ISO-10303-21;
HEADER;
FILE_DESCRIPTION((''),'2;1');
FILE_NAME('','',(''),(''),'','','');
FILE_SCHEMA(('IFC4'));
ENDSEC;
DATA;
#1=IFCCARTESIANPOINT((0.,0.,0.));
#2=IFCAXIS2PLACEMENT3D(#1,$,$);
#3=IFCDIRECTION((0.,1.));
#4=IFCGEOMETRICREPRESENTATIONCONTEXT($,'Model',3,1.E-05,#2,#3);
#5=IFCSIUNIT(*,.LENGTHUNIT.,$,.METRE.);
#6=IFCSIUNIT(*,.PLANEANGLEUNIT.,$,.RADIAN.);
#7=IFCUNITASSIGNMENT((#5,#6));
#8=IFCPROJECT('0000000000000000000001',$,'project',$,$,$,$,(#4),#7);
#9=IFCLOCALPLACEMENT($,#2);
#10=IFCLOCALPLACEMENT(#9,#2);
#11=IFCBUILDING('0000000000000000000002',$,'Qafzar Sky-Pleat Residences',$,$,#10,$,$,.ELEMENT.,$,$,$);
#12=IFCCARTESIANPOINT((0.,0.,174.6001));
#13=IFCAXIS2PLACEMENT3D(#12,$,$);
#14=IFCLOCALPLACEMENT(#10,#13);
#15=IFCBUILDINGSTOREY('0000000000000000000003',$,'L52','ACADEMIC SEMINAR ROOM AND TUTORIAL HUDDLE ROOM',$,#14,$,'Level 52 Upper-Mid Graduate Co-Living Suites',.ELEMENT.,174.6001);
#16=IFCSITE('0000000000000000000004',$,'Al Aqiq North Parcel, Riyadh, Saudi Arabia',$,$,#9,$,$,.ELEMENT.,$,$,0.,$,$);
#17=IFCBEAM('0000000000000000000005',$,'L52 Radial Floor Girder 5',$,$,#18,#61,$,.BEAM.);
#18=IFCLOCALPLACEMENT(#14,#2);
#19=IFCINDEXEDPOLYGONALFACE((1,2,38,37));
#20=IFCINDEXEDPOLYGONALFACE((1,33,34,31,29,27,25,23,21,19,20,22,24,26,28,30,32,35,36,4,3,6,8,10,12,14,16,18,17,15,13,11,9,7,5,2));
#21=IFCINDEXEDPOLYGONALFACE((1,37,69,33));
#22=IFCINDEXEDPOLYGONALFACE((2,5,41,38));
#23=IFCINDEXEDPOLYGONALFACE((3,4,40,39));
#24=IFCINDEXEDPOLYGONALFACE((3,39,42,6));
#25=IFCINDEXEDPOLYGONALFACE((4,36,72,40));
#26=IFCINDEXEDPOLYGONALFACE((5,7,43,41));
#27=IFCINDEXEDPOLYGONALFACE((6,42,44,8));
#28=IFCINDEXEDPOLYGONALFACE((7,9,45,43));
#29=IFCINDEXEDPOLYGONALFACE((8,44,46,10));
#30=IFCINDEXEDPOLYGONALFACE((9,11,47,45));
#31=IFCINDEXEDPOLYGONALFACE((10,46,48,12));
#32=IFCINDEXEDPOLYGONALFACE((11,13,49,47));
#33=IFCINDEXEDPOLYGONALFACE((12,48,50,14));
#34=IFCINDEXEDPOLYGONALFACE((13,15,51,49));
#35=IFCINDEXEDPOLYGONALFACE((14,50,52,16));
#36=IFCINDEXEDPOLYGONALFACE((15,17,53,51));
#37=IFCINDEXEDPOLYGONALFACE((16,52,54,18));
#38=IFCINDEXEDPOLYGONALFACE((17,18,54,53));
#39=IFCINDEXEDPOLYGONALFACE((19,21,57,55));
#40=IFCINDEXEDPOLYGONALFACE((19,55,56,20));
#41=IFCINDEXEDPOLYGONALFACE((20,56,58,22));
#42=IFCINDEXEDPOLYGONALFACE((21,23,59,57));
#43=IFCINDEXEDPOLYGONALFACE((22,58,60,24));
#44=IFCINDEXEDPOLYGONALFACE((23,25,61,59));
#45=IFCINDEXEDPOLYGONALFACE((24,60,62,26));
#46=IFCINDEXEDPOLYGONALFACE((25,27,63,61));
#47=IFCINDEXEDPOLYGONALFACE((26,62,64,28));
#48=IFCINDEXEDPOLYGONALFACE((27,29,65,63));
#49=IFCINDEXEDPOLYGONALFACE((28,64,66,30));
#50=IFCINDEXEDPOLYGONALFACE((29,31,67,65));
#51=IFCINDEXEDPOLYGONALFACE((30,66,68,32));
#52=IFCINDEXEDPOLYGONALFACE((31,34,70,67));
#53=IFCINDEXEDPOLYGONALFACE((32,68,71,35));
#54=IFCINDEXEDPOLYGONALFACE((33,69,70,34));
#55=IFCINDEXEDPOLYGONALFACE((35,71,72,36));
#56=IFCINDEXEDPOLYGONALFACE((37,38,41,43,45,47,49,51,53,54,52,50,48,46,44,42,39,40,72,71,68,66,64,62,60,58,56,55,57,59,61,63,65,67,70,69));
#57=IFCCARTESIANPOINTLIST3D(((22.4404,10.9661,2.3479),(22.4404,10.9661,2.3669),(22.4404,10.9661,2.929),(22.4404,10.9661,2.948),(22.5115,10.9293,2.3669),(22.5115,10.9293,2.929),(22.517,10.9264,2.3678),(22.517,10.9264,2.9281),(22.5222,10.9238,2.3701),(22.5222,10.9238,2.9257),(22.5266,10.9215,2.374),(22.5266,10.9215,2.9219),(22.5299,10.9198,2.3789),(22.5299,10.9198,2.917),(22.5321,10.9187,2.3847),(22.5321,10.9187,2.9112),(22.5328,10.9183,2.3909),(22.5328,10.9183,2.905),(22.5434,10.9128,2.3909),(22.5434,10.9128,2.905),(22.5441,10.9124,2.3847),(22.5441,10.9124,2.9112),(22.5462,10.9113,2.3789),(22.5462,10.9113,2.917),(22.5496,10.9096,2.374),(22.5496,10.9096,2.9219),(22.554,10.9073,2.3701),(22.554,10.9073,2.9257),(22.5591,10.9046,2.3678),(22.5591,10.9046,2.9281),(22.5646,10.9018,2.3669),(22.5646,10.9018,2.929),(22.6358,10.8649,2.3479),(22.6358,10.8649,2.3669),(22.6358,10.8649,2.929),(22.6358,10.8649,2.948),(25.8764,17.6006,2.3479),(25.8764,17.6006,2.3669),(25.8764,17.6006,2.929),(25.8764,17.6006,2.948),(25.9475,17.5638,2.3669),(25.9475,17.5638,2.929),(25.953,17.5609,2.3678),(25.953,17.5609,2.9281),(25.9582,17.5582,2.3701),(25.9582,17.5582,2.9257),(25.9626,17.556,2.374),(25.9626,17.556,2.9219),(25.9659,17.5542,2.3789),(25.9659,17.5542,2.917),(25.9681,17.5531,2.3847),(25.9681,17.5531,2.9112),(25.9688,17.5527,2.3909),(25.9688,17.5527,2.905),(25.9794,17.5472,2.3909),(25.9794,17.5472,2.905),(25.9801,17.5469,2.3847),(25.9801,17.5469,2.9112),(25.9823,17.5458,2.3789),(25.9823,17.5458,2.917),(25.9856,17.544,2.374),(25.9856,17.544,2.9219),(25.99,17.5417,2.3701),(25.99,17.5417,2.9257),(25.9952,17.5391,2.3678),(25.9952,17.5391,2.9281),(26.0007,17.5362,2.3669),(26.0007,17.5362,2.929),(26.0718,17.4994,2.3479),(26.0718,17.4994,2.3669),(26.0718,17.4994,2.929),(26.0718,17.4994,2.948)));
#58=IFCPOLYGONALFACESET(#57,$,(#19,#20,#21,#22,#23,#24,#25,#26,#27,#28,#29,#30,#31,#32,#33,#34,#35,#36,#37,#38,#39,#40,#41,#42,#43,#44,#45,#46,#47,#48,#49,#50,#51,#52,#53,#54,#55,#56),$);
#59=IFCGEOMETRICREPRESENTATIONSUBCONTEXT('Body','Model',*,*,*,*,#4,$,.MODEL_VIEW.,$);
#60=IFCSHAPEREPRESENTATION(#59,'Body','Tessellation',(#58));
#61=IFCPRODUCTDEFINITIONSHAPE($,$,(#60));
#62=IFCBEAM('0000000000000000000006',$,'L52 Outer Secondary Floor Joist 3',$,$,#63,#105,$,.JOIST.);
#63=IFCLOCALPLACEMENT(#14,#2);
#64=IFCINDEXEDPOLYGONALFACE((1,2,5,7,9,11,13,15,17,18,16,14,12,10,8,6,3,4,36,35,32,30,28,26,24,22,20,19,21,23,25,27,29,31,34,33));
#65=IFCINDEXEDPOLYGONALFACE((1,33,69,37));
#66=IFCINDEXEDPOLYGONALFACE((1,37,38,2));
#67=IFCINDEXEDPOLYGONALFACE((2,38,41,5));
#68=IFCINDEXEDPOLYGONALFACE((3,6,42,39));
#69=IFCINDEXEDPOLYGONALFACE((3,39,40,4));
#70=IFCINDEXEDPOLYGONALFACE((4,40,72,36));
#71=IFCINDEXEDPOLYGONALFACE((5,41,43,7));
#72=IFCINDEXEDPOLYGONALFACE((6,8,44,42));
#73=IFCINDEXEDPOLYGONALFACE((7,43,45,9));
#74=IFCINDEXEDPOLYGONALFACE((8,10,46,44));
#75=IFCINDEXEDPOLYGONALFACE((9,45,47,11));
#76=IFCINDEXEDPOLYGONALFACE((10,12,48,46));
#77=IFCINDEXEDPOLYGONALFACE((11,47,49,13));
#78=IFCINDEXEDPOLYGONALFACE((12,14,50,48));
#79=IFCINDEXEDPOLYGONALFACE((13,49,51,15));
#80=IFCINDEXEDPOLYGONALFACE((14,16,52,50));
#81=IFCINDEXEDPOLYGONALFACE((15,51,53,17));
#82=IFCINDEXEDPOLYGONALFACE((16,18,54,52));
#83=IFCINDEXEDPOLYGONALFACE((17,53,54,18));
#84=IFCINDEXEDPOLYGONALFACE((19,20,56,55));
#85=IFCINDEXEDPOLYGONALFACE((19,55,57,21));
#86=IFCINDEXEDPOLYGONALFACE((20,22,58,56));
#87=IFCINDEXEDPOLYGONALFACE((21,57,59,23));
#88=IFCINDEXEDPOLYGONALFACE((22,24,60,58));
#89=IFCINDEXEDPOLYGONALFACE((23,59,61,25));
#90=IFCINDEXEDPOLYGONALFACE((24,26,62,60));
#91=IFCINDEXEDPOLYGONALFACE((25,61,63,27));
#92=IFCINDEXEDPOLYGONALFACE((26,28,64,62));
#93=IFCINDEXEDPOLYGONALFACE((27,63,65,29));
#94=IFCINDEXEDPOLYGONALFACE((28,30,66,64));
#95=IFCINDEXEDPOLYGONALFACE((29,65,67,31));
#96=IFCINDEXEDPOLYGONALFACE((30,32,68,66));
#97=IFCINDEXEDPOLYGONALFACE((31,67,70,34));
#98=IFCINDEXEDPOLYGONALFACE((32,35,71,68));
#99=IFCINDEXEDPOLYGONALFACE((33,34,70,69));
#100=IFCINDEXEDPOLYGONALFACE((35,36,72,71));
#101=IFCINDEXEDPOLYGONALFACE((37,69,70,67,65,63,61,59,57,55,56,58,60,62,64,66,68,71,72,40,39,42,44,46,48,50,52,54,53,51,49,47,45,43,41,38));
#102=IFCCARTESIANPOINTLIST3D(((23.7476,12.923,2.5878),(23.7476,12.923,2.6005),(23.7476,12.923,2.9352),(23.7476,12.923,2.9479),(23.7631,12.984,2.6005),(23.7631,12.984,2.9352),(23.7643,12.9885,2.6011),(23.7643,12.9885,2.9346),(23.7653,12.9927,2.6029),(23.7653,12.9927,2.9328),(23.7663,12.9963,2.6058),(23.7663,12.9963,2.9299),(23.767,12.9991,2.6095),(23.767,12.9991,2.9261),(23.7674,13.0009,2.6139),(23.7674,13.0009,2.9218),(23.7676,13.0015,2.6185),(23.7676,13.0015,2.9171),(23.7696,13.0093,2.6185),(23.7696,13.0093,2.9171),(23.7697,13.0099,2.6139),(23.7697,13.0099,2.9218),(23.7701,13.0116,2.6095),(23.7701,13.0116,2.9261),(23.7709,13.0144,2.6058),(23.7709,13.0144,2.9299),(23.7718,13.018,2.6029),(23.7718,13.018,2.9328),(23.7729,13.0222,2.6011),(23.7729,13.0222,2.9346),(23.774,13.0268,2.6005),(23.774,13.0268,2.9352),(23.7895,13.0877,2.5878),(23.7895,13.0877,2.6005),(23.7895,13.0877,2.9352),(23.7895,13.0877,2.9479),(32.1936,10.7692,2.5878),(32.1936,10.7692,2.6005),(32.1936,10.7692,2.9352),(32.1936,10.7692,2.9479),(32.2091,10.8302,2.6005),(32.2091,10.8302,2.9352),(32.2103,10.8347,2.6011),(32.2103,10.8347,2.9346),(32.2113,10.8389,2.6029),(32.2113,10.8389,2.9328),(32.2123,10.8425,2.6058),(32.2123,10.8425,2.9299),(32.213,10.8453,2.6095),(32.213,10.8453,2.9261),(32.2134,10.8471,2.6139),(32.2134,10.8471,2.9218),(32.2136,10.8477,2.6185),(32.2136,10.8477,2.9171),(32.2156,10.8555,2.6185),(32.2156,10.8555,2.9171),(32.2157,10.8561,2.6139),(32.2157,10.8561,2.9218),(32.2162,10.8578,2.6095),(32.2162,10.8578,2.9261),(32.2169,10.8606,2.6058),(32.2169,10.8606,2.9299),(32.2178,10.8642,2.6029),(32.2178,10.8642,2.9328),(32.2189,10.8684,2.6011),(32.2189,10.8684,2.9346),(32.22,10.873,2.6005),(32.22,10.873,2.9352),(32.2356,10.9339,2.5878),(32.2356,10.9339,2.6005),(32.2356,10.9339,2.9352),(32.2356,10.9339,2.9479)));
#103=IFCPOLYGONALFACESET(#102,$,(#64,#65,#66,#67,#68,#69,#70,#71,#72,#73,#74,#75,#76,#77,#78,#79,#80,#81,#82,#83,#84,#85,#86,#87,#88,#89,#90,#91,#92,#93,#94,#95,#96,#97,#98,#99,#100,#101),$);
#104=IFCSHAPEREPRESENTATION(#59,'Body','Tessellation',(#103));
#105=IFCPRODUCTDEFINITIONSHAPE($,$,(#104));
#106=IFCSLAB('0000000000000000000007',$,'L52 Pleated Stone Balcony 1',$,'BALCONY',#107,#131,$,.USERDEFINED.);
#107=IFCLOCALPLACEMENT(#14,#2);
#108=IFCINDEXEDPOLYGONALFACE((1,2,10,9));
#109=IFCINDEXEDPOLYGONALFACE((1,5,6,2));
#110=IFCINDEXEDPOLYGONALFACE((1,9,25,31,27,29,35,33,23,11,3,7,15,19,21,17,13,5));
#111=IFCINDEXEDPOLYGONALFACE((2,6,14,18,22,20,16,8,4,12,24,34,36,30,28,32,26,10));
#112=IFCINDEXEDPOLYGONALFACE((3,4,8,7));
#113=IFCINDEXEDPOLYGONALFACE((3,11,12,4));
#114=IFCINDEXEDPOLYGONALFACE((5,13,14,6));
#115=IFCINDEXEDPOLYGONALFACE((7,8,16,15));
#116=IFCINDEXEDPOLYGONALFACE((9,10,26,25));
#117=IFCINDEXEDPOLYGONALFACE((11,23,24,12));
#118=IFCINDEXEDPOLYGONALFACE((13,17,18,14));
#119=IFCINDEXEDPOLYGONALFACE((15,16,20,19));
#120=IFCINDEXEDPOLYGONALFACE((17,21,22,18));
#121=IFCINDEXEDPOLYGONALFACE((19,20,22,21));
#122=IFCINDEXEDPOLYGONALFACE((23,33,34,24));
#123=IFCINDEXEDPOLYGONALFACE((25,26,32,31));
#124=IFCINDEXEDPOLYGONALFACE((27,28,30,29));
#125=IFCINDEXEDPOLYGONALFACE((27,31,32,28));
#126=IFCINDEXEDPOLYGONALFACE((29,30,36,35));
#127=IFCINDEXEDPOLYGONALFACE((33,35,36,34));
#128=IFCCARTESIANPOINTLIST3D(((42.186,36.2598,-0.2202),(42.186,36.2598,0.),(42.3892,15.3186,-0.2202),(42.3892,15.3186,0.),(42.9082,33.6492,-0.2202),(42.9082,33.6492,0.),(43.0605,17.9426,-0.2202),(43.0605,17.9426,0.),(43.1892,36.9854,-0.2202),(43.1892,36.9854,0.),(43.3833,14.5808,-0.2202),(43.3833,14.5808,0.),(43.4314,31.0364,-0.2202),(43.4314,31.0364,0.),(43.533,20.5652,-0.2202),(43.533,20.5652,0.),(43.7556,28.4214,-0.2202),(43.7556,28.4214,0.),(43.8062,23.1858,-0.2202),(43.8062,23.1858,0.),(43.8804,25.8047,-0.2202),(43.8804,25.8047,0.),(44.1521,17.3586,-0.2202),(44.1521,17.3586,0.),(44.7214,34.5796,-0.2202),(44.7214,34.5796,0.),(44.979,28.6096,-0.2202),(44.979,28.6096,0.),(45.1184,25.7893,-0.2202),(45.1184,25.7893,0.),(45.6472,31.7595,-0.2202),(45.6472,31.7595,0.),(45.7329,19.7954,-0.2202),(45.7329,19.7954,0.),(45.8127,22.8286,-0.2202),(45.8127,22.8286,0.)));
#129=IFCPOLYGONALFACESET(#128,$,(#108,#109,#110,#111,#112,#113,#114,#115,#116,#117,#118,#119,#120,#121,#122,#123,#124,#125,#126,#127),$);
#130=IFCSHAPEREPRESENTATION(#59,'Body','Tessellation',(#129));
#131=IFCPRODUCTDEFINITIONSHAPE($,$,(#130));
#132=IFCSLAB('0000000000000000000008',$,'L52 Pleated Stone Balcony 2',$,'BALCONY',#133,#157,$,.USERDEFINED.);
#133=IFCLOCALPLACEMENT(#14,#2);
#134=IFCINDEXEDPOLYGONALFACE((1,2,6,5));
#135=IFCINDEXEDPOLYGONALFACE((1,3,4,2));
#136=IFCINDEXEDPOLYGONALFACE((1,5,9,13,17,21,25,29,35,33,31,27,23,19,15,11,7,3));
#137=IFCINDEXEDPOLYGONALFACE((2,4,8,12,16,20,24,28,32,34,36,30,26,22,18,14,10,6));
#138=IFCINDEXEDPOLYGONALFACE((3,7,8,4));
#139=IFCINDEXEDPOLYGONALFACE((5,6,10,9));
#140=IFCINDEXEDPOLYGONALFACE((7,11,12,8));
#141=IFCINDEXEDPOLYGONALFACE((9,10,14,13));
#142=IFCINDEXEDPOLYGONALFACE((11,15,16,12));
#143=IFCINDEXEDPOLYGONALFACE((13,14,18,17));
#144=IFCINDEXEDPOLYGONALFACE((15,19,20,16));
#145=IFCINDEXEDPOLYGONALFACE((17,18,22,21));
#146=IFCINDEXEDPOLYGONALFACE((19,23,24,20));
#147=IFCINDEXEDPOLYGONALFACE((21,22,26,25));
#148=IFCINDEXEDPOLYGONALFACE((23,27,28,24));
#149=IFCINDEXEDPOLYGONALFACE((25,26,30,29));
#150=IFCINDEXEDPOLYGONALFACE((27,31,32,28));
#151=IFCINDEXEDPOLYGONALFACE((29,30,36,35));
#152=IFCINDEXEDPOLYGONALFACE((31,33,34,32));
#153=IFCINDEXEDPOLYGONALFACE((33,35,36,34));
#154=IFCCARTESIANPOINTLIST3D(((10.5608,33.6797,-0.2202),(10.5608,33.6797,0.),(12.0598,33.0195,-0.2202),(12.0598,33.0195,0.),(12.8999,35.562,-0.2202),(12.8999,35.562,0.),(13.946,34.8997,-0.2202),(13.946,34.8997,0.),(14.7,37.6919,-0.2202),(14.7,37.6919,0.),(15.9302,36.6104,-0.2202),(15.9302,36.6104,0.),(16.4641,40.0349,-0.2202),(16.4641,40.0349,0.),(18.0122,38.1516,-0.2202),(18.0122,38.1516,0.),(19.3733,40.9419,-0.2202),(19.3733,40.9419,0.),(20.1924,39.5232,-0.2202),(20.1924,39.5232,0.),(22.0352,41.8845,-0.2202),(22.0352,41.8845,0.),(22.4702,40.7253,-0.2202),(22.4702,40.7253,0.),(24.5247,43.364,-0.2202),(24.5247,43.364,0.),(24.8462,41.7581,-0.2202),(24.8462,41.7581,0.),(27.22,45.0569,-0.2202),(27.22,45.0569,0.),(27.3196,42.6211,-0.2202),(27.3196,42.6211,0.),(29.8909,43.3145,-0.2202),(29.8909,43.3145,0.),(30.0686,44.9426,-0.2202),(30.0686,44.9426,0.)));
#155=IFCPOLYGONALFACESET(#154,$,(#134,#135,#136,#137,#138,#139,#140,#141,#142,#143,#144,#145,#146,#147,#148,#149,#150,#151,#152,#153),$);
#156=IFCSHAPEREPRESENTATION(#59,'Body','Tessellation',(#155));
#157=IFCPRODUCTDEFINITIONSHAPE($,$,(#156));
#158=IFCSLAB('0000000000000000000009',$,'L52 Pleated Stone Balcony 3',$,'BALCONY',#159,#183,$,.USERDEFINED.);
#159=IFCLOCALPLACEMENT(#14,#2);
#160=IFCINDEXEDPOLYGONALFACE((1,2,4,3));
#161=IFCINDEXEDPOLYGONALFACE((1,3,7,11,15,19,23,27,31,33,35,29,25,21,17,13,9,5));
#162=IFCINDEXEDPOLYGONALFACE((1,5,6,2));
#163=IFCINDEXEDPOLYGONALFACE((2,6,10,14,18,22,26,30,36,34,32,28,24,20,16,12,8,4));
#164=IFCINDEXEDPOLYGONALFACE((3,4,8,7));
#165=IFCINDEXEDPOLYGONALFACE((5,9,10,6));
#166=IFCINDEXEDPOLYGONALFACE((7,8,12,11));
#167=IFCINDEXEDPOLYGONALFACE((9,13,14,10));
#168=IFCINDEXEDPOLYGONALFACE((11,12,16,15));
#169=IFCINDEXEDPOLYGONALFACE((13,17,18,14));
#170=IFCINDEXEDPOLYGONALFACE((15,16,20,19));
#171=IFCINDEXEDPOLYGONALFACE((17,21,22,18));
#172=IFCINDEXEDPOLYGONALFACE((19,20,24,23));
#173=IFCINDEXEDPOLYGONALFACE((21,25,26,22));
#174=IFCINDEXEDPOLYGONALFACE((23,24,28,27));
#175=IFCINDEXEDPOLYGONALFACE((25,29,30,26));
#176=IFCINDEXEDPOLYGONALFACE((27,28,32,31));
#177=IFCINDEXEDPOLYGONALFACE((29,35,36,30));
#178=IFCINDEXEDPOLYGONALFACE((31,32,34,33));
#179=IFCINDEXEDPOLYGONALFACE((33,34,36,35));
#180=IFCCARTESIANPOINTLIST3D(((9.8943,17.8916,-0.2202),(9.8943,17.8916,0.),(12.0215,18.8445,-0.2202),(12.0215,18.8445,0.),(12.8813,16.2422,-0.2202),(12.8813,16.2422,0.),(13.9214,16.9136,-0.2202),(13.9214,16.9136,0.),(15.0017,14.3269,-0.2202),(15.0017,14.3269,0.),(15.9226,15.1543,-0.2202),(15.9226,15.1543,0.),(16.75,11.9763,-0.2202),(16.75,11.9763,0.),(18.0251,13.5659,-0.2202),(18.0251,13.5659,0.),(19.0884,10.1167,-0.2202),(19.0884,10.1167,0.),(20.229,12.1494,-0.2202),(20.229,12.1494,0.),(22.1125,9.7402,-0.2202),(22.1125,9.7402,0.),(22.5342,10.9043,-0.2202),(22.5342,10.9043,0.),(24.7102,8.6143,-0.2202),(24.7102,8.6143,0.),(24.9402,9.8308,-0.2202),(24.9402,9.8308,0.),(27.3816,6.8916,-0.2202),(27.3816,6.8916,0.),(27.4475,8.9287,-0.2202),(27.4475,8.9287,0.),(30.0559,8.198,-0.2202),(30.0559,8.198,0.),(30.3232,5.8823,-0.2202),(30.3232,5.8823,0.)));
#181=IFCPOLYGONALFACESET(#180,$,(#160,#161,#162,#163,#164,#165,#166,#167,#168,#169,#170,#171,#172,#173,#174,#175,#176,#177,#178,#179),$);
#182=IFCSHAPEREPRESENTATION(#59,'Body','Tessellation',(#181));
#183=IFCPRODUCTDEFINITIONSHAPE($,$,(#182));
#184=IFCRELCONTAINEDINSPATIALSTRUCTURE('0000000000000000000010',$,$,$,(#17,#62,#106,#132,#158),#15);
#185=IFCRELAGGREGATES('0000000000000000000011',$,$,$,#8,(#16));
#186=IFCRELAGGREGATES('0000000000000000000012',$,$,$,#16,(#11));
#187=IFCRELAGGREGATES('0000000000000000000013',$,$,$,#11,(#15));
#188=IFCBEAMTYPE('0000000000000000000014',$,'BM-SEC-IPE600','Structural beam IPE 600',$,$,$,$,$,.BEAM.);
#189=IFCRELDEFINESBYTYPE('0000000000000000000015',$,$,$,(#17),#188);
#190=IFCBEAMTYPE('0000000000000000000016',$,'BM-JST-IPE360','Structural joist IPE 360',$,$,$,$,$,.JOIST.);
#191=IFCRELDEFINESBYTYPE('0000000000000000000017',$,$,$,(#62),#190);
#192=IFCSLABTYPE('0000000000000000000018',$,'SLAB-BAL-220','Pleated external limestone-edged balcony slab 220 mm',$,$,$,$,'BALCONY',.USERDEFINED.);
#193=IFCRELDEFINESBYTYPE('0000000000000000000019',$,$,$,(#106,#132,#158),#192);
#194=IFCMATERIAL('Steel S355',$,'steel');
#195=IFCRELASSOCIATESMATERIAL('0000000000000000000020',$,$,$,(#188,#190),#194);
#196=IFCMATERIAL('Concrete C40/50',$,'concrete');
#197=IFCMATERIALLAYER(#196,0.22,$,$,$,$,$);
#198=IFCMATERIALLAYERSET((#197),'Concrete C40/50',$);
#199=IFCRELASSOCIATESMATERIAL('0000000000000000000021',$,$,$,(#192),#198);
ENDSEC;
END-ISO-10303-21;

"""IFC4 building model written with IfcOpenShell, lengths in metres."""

from ifc_helpers import new_model, si_unit, direction, frame, origin, origin_2d, place, context, subcontext, project, spatial, polyline, i_section, outline, extrude, source, transform, mapped, material, layer, layer_set, material_profile, profile_set, type_object, element, save


model = new_model("IFC4")

# Units and contexts
model_context = context("Model", 3, precision=1e-05, world=origin(), true_north=direction((0.0, 1.0)))
body_context = subcontext(model_context, "Body", "Model", "MODEL_VIEW")
ifc_project = project(units=[si_unit("LENGTHUNIT", "METRE"), si_unit("PLANEANGLEUNIT", "RADIAN")], contexts=[model_context])

# Site, building, storey
site_placement = place(None, origin())
site = spatial("IfcSite", under=ifc_project, at=site_placement, Name="Al Aqiq North Parcel, Riyadh, Saudi Arabia", CompositionType="ELEMENT", RefElevation=0.0)
building_placement = place(site_placement, origin())
building = spatial("IfcBuilding", under=site, at=building_placement, Name="Qafzar Sky-Pleat Residences", CompositionType="ELEMENT")
storey_placement = place(building_placement, frame((0.0, 0.0, 174.6001)))
storey = spatial("IfcBuildingStorey", under=building, at=storey_placement, Name="L52", Description="ACADEMIC SEMINAR ROOM AND TUTORIAL HUDDLE ROOM", LongName="Level 52 Upper-Mid Graduate Co-Living Suites", CompositionType="ELEMENT", Elevation=174.6001)

# Shared definitions
ifc_material_1 = material(Name="Steel S355", Category="steel")

# Beams
ifc_material_profile_1 = material_profile(ifc_material_1, i_section(OverallWidth=0.22, OverallDepth=0.6001, WebThickness=0.012, FlangeThickness=0.019, FilletRadius=0.0239, at=origin_2d()), Name="IPE 600")
ifc_profile_set_1 = profile_set([ifc_material_profile_1], Name="Steel S355")
beam_type_1 = type_object("IfcBeamType", Name="BM-SEC-IPE600", Description="Structural beam IPE 600", PredefinedType="BEAM", material=ifc_profile_set_1)
shared_shape_1 = source(origin(), body_context, "Body", "SweptSolid", [
    extrude(i_section(OverallWidth=0.22, OverallDepth=0.6001, WebThickness=0.012, FlangeThickness=0.019, FilletRadius=0.0239, at=origin_2d()), origin(), (0.0, 0.0, 1.0), 7.4714),
])
beam_1_placement = place(storey_placement, frame((22.5381, 10.9155, 2.6479), z_axis=(0.459886, 0.887978, 0.0), x_axis=(-0.887978, 0.459886, 0.0)))
element("IfcBeam", 1, at=beam_1_placement, inside=storey, type_object=beam_type_1, Name="L52 Radial Floor Girder 5", PredefinedType="BEAM", context=body_context, shape_type="MappedRepresentation", body=[
    mapped(shared_shape_1, transform((0.0, 0.0, 0.0), x_axis=(1.0, 0.0, 0.0), y_axis=(0.0, 1.0, 0.0), z_axis=(0.0, 0.0, 1.0), scale=1.0)),
])
ifc_material_profile_2 = material_profile(ifc_material_1, i_section(OverallWidth=0.1699, OverallDepth=0.3601, WebThickness=0.0081, FlangeThickness=0.0127, FilletRadius=0.0181, at=origin_2d()), Name="IPE 360")
ifc_profile_set_2 = profile_set([ifc_material_profile_2], Name="Steel S355")
beam_type_2 = type_object("IfcBeamType", Name="BM-JST-IPE360", Description="Structural joist IPE 360", PredefinedType="JOIST", material=ifc_profile_set_2)
shared_shape_2 = source(origin(), body_context, "Body", "SweptSolid", [
    extrude(i_section(OverallWidth=0.1699, OverallDepth=0.3601, WebThickness=0.0081, FlangeThickness=0.0127, FilletRadius=0.0181, at=origin_2d()), origin(), (0.0, 0.0, 1.0), 8.7163),
])
beam_2_placement = place(storey_placement, frame((23.7686, 13.0054, 2.7678), z_axis=(0.96899, -0.2471, 0.0), x_axis=(0.2471, 0.96899, 0.0)))
element("IfcBeam", 2, at=beam_2_placement, inside=storey, type_object=beam_type_2, Name="L52 Outer Secondary Floor Joist 3", PredefinedType="JOIST", context=body_context, shape_type="MappedRepresentation", body=[
    mapped(shared_shape_2, transform((0.0, 0.0, 0.0), x_axis=(1.0, 0.0, 0.0), y_axis=(0.0, 1.0, 0.0), z_axis=(0.0, 0.0, 1.0), scale=1.0)),
])

# Slabs
ifc_material_2 = material(Name="Concrete C40/50", Category="concrete")
ifc_layer_1 = layer(ifc_material_2, 0.22)
ifc_layer_set_1 = layer_set([ifc_layer_1], Name="Concrete C40/50")
slab_type_1 = type_object("IfcSlabType", Name="SLAB-BAL-220", Description="Pleated external limestone-edged balcony slab 220 mm", ElementType="BALCONY", PredefinedType="USERDEFINED", material=ifc_layer_set_1)
slab_1_placement = place(storey_placement, frame((0.0, 0.0, -0.2202)))
element("IfcSlab", 3, at=slab_1_placement, inside=storey, type_object=slab_type_1, Name="L52 Pleated Stone Balcony 1", ObjectType="BALCONY", PredefinedType="USERDEFINED", context=body_context, shape_type="SweptSolid", body=[
    extrude(outline(polyline([(43.0605, 17.9426), (43.533, 20.5652), (43.8062, 23.1858), (43.8804, 25.8047), (43.7556, 28.4214), (43.4314, 31.0364), (42.9082, 33.6492), (42.186, 36.2598), (43.1892, 36.9854), (44.7214, 34.5796), (45.6472, 31.7595), (44.979, 28.6096), (45.1184, 25.7893), (45.8127, 22.8286), (45.7329, 19.7954), (44.1521, 17.3586), (43.3833, 14.5808), (42.3892, 15.3186), (43.0605, 17.9426)])), origin(), (0.0, 0.0, 1.0), 0.2202),
])
slab_2_placement = place(storey_placement, frame((0.0, 0.0, -0.2202)))
element("IfcSlab", 4, at=slab_2_placement, inside=storey, type_object=slab_type_1, Name="L52 Pleated Stone Balcony 2", ObjectType="BALCONY", PredefinedType="USERDEFINED", context=body_context, shape_type="SweptSolid", body=[
    extrude(outline(polyline([(27.3196, 42.6211), (24.8462, 41.7581), (22.4702, 40.7253), (20.1924, 39.5232), (18.0122, 38.1516), (15.9302, 36.6104), (13.946, 34.8997), (12.0598, 33.0195), (10.5608, 33.6797), (12.8999, 35.562), (14.7, 37.6919), (16.4641, 40.0349), (19.3733, 40.9419), (22.0352, 41.8845), (24.5247, 43.364), (27.22, 45.0569), (30.0686, 44.9426), (29.8909, 43.3145), (27.3196, 42.6211)])), origin(), (0.0, 0.0, 1.0), 0.2202),
])
slab_3_placement = place(storey_placement, frame((0.0, 0.0, -0.2202)))
element("IfcSlab", 5, at=slab_3_placement, inside=storey, type_object=slab_type_1, Name="L52 Pleated Stone Balcony 3", ObjectType="BALCONY", PredefinedType="USERDEFINED", context=body_context, shape_type="SweptSolid", body=[
    extrude(outline(polyline([(13.9214, 16.9136), (15.9226, 15.1543), (18.0251, 13.5659), (20.229, 12.1494), (22.5342, 10.9043), (24.9402, 9.8308), (27.4475, 8.9287), (30.0559, 8.198), (30.3232, 5.8823), (27.3816, 6.8916), (24.7102, 8.6143), (22.1125, 9.7402), (19.0884, 10.1167), (16.75, 11.9763), (15.0017, 14.3269), (12.8813, 16.2422), (9.8943, 17.8916), (12.0215, 18.8445), (13.9214, 16.9136)])), origin(), (0.0, 0.0, 1.0), 0.2202),
])

save(model, "model.ifc")
